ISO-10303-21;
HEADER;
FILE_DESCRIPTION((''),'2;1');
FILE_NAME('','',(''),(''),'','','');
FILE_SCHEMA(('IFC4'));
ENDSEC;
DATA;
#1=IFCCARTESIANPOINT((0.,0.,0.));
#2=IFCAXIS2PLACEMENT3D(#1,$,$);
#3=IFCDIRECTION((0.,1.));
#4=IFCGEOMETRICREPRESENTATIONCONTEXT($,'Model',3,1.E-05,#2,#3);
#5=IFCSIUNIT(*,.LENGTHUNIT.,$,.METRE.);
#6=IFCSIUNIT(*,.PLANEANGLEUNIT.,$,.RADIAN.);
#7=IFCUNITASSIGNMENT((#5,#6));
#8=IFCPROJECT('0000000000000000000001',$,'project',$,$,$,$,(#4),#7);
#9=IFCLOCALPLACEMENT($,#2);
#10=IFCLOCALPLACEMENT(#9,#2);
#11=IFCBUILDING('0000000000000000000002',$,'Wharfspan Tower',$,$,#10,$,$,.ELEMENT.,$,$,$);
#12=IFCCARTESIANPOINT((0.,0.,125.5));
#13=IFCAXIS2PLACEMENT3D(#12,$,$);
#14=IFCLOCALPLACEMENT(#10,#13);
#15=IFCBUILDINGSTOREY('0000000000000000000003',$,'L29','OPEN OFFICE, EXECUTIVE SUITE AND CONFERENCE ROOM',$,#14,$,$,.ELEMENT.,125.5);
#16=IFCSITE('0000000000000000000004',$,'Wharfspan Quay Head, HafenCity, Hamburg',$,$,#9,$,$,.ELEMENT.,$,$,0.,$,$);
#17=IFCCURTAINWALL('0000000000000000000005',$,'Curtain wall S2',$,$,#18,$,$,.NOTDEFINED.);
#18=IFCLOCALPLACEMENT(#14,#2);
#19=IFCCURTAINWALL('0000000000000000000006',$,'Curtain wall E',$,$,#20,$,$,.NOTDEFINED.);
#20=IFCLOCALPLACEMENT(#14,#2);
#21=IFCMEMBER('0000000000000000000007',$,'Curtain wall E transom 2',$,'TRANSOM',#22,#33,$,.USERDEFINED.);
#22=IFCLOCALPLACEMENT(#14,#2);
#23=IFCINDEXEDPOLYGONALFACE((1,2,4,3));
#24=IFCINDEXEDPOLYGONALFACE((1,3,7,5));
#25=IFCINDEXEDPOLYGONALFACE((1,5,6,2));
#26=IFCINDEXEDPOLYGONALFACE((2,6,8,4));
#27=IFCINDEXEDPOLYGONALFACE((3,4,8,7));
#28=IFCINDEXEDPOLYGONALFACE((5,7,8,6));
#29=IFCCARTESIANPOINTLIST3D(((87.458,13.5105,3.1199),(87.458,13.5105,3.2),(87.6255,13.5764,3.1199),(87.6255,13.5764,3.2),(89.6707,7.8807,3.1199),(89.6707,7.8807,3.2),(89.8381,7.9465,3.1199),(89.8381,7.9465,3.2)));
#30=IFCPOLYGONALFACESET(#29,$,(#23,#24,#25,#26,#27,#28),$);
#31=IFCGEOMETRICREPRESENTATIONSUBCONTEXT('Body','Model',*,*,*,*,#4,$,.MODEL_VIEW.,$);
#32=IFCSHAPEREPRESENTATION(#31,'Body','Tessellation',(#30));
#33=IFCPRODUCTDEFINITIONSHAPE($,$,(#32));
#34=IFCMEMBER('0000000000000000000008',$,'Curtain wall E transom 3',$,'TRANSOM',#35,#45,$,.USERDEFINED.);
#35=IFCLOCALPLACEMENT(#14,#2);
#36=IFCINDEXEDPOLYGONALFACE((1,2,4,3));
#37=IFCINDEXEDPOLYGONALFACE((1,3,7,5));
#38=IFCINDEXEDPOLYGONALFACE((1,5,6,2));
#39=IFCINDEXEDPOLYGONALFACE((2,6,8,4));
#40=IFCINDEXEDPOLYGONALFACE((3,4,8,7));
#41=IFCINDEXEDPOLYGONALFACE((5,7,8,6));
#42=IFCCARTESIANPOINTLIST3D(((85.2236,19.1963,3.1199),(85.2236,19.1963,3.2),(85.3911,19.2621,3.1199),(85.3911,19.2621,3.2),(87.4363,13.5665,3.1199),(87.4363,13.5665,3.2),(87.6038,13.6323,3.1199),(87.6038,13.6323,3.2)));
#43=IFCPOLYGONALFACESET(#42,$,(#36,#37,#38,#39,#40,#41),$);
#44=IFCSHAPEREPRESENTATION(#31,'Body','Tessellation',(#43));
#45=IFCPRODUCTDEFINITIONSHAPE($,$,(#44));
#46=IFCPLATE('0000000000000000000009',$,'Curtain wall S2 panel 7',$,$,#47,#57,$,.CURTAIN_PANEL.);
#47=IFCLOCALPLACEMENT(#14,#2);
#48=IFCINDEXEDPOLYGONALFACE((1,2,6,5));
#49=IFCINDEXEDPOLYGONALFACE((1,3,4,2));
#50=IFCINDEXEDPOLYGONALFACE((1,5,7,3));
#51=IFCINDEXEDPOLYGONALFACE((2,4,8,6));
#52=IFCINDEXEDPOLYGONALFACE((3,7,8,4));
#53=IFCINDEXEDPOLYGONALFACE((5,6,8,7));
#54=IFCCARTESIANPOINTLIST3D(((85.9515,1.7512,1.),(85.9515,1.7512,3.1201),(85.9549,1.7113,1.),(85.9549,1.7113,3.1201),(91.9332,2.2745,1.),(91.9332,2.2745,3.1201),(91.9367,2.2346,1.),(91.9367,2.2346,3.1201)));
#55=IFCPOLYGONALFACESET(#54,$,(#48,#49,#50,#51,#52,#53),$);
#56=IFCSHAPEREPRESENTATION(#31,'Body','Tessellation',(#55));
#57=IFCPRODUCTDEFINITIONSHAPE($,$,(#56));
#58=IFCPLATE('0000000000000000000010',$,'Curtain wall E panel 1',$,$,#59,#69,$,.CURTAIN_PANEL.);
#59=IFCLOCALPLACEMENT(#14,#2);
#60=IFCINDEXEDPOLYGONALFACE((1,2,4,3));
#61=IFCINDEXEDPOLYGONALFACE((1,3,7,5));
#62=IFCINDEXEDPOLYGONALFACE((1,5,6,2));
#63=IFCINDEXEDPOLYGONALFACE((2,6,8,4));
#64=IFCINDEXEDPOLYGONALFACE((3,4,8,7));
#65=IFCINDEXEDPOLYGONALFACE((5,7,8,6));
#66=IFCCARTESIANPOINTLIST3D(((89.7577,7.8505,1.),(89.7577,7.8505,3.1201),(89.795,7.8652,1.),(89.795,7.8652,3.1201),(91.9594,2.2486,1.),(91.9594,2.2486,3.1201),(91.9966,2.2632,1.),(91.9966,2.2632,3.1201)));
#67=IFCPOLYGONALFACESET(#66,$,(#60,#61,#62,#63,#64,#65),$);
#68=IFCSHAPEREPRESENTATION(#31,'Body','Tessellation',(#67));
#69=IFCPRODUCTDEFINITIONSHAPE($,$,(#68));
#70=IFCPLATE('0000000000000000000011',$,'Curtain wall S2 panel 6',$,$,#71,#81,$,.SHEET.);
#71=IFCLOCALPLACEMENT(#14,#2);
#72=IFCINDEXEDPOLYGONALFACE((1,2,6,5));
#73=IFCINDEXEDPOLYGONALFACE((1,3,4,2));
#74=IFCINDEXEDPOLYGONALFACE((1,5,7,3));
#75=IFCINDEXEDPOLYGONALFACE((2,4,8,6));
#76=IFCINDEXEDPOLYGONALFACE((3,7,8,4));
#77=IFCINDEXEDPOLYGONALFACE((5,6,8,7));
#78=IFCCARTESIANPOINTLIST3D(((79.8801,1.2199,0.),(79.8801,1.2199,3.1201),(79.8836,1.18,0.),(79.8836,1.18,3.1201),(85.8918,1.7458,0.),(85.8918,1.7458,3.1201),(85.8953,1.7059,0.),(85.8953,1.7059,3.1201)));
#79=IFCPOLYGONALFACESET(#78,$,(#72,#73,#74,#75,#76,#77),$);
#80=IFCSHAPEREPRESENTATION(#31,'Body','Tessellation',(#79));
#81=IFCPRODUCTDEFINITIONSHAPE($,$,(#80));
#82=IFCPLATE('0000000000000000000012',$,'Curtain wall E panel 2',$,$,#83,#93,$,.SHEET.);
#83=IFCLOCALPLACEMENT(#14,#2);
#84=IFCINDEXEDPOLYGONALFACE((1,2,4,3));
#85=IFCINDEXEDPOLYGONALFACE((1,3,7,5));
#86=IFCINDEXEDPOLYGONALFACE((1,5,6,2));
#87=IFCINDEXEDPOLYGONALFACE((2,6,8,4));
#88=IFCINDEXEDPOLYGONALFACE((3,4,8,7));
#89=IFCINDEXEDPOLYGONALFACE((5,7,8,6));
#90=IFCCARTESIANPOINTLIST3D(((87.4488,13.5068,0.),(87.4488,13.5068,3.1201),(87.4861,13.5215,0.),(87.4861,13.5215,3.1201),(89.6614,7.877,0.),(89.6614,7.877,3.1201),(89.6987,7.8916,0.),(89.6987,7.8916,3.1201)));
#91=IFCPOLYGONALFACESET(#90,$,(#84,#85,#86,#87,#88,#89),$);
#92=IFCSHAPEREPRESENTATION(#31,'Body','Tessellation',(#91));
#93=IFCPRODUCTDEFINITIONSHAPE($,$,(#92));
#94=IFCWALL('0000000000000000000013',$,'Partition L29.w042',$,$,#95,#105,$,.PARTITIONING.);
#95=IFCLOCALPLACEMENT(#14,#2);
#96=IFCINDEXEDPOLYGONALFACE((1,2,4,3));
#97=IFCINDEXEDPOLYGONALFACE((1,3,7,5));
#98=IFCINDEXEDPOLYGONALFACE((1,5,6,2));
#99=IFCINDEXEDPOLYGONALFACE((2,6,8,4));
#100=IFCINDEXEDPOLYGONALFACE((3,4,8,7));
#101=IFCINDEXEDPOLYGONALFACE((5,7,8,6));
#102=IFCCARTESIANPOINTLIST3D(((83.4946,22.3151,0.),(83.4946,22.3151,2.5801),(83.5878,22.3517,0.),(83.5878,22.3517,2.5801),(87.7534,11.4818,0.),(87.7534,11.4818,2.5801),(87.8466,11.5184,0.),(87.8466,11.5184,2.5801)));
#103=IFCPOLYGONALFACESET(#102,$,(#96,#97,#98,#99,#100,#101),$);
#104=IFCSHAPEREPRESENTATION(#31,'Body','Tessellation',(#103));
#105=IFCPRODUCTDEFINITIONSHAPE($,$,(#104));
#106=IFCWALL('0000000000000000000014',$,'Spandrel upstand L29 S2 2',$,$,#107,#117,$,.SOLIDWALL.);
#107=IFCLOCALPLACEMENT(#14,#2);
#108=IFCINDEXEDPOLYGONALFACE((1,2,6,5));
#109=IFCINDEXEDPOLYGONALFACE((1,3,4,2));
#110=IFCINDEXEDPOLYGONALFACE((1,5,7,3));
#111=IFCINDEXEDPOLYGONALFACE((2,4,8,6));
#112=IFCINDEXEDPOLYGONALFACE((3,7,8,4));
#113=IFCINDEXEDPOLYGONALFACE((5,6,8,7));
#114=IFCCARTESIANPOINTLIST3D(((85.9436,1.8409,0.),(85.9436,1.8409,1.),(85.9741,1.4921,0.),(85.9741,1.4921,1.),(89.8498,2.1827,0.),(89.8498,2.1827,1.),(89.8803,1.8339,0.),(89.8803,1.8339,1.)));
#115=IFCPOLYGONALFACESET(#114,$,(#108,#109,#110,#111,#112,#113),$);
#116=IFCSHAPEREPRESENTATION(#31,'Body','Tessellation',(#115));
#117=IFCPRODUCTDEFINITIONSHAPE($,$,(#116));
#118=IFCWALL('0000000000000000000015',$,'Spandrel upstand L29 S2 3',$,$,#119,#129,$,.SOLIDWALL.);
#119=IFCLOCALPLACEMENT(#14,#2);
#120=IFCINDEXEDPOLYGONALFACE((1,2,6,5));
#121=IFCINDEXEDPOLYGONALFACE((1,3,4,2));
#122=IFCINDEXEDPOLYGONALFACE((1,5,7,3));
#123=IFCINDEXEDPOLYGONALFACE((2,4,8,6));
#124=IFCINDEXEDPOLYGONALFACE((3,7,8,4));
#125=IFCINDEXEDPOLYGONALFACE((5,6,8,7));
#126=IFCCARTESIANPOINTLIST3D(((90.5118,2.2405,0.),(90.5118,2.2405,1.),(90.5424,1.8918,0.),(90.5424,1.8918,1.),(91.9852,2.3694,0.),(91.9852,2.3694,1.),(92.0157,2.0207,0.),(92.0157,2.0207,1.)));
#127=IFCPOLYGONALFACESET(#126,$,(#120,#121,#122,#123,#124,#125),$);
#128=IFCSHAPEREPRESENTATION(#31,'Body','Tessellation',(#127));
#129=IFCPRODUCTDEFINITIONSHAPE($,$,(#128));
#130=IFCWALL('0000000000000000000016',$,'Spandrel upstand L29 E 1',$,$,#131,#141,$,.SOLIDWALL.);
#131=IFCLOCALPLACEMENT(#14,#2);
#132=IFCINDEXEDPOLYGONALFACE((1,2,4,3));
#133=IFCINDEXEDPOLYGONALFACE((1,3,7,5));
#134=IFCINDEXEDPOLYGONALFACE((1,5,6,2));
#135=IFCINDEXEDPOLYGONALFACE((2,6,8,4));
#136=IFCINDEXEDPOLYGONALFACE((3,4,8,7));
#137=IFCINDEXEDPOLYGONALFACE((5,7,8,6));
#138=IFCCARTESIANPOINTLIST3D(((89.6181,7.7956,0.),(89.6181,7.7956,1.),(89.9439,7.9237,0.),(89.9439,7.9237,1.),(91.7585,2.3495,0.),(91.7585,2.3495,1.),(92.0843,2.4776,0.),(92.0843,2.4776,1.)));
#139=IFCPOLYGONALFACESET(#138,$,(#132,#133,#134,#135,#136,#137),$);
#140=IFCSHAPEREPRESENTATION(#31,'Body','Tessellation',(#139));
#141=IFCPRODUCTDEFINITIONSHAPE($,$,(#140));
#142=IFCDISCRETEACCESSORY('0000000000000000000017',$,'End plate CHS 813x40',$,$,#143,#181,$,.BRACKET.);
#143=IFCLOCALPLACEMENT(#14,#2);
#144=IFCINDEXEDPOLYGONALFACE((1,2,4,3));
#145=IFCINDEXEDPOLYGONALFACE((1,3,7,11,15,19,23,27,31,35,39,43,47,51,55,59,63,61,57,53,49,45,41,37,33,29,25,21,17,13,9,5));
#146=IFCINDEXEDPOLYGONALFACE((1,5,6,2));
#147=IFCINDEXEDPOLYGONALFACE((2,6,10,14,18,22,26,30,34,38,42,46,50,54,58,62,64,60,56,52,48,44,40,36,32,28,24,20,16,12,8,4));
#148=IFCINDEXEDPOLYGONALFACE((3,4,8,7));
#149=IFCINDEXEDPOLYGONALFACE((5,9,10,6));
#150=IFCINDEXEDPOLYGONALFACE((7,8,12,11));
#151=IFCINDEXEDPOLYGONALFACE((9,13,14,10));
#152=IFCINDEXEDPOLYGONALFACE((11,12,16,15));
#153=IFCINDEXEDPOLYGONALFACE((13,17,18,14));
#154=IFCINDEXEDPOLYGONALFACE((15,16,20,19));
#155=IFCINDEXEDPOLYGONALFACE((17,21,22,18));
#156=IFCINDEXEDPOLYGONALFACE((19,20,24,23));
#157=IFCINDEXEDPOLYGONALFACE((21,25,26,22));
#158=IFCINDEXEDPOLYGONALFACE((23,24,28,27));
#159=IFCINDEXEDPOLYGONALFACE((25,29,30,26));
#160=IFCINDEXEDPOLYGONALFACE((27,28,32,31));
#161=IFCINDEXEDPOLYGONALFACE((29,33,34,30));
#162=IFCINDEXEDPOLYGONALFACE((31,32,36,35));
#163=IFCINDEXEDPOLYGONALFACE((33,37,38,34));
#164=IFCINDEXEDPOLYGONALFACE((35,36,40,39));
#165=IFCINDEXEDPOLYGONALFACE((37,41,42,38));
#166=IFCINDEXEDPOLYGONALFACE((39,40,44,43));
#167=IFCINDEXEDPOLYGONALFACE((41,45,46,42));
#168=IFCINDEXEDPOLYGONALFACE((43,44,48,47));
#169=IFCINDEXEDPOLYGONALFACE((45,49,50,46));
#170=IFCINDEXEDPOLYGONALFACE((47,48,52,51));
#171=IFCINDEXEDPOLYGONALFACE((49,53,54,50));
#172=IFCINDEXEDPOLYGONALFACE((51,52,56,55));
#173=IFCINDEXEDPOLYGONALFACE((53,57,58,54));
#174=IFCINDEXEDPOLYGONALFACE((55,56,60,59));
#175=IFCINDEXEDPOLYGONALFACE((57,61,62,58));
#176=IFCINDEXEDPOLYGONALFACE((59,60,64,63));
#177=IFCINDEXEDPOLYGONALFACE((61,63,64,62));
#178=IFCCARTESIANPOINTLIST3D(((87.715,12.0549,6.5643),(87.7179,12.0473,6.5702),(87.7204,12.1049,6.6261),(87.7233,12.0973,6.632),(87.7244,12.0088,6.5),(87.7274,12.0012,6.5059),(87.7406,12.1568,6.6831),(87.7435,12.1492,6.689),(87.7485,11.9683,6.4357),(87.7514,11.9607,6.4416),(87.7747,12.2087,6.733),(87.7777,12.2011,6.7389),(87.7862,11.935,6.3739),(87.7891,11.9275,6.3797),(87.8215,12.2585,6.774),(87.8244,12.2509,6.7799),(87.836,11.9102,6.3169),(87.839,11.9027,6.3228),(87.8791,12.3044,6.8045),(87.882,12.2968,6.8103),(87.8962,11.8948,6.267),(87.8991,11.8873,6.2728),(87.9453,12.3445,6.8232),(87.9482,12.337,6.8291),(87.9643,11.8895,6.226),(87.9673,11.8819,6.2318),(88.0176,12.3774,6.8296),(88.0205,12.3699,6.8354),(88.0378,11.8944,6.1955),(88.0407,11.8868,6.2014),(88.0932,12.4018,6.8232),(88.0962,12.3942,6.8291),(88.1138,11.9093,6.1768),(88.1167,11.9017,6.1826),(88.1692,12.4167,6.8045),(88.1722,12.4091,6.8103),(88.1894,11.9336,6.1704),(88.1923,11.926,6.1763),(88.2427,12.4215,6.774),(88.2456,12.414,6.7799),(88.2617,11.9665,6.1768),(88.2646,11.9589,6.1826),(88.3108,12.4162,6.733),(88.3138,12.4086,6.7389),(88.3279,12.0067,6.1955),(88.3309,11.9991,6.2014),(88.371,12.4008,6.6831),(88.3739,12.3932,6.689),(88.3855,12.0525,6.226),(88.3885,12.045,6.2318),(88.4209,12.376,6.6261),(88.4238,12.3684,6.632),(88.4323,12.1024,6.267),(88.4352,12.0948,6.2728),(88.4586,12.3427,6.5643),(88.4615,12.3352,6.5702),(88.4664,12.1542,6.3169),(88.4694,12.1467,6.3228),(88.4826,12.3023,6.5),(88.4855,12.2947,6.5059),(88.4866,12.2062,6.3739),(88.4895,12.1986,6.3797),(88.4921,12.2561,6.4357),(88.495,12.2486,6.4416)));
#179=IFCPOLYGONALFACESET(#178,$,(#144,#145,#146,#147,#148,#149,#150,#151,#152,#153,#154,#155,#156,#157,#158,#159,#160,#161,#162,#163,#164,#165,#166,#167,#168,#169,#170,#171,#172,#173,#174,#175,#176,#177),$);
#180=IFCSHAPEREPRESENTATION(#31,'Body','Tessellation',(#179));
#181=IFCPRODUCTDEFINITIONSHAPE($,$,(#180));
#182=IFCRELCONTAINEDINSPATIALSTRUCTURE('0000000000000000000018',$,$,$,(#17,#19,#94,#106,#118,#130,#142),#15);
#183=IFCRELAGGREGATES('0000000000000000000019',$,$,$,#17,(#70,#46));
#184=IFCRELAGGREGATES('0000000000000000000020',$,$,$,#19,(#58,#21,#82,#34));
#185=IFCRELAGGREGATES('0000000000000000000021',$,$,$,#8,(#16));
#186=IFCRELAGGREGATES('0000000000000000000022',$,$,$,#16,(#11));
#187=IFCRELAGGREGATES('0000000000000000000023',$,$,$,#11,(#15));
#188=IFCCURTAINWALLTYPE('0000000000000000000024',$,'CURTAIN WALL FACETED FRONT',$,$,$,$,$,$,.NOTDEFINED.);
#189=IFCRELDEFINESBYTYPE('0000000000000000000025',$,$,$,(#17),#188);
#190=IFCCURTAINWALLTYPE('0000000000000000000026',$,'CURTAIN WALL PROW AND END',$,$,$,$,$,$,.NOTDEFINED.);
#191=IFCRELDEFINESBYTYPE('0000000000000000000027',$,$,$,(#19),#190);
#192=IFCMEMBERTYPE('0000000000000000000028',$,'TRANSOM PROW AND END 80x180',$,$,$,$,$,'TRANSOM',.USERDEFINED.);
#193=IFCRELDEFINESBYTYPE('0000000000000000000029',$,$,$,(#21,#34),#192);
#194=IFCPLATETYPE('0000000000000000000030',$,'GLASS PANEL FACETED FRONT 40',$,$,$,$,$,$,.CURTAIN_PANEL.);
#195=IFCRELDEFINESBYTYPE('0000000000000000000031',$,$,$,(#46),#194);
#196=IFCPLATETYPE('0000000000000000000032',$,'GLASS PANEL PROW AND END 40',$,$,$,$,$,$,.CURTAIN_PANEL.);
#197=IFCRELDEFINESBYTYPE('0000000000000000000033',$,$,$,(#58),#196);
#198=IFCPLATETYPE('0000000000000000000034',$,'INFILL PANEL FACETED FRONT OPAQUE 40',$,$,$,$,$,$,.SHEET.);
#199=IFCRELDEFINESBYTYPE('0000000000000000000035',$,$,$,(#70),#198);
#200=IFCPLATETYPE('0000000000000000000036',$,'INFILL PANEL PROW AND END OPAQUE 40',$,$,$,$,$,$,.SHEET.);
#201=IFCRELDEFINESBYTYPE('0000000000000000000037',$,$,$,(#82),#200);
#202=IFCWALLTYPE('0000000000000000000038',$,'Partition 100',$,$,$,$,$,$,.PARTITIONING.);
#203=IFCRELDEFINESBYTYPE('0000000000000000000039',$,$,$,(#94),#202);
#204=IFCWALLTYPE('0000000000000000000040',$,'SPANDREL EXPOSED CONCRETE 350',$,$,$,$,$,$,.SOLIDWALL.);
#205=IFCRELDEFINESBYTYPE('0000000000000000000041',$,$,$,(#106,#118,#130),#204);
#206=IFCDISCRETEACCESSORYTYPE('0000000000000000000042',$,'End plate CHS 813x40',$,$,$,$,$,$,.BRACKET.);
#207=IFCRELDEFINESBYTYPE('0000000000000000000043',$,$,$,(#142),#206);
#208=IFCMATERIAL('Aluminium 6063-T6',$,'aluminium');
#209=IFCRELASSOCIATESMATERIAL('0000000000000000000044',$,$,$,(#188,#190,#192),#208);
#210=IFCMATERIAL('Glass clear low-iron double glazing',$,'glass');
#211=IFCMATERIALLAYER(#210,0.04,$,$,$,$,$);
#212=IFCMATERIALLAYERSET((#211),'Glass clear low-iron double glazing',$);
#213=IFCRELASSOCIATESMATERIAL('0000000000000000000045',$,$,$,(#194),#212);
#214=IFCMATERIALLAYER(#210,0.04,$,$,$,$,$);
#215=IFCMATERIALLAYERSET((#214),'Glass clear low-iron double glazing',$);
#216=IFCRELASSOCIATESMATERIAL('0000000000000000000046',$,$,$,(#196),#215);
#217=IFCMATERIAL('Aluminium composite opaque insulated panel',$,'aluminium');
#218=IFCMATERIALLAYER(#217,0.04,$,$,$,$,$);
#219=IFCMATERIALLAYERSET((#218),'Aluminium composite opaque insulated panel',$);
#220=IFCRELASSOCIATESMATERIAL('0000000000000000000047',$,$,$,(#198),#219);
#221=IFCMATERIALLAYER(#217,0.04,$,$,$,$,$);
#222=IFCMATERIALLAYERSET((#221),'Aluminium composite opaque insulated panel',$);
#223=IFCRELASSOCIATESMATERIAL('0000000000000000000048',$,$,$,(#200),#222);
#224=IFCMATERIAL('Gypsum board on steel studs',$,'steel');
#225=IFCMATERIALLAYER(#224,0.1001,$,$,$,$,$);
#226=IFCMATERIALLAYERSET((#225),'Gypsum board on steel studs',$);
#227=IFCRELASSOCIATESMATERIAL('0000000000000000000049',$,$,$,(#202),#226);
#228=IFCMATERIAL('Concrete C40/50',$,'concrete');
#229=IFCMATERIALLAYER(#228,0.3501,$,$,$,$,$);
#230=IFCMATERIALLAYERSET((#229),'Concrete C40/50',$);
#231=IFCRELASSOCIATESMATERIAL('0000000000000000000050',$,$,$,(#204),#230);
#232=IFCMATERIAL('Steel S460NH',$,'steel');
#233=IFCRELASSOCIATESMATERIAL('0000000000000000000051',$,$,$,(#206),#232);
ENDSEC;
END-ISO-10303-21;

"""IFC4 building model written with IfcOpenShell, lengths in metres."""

from ifc_helpers import new_model, si_unit, direction, frame, frame_2d, origin, origin_2d, place, context, subcontext, project, spatial, rectangle, circle, extrude, material, layer, layer_set, material_profile, profile_set, type_object, element, aggregate, save


model = new_model("IFC4")

# Units and contexts
model_context = context("Model", 3, precision=1e-05, world=origin(), true_north=direction((0.0, 1.0)))
body_context = subcontext(model_context, "Body", "Model", "MODEL_VIEW")
ifc_project = project(units=[si_unit("LENGTHUNIT", "METRE"), si_unit("PLANEANGLEUNIT", "RADIAN")], contexts=[model_context])

# Site, building, storey
site_placement = place(None, origin())
site = spatial("IfcSite", under=ifc_project, at=site_placement, Name="Wharfspan Quay Head, HafenCity, Hamburg", CompositionType="ELEMENT", RefElevation=0.0)
building_placement = place(site_placement, origin())
building = spatial("IfcBuilding", under=site, at=building_placement, Name="Wharfspan Tower", CompositionType="ELEMENT")
storey_placement = place(building_placement, frame((0.0, 0.0, 125.5)))
storey = spatial("IfcBuildingStorey", under=building, at=storey_placement, Name="L29", Description="OPEN OFFICE, EXECUTIVE SUITE AND CONFERENCE ROOM", CompositionType="ELEMENT", Elevation=125.5)

# Curtain walls
ifc_material_1 = material(Name="Aluminium 6063-T6", Category="aluminium")
curtain_wall_type_1 = type_object("IfcCurtainWallType", Name="CURTAIN WALL FACETED FRONT", PredefinedType="NOTDEFINED", material=ifc_material_1)
curtain_wall_1_placement = place(storey_placement, origin())
curtain_wall_1 = element("IfcCurtainWall", 1, at=curtain_wall_1_placement, inside=storey, type_object=curtain_wall_type_1, Name="Curtain wall S2", PredefinedType="NOTDEFINED")
curtain_wall_type_2 = type_object("IfcCurtainWallType", Name="CURTAIN WALL PROW AND END", PredefinedType="NOTDEFINED", material=ifc_material_1)
curtain_wall_2_placement = place(storey_placement, origin())
curtain_wall_2 = element("IfcCurtainWall", 2, at=curtain_wall_2_placement, inside=storey, type_object=curtain_wall_type_2, Name="Curtain wall E", PredefinedType="NOTDEFINED")

# Members
ifc_material_profile_1 = material_profile(ifc_material_1, rectangle(XDim=0.1799, YDim=0.0801, at=origin_2d()))
ifc_profile_set_1 = profile_set([ifc_material_profile_1], Name="Aluminium 6063-T6")
member_type_1 = type_object("IfcMemberType", Name="TRANSOM PROW AND END 80x180", ElementType="TRANSOM", PredefinedType="USERDEFINED", material=ifc_profile_set_1)
member_1_placement = place(storey_placement, frame((89.7544, 7.9136, 3.1599), z_axis=(-0.365782, 0.9307, 0.0), x_axis=(-0.9307, -0.365782, 0.0)))
member_1 = element("IfcMember", 3, at=member_1_placement, type_object=member_type_1, Name="Curtain wall E transom 2", ObjectType="TRANSOM", PredefinedType="USERDEFINED", context=body_context, shape_type="SweptSolid", body=[
    extrude(rectangle(XDim=0.1799, YDim=0.0801, at=origin_2d()), origin(), (0.0, 0.0, 1.0), 6.0491),
])
member_2_placement = place(storey_placement, frame((87.52, 13.5994, 3.1599), z_axis=(-0.365782, 0.9307, 0.0), x_axis=(-0.9307, -0.365782, 0.0)))
member_2 = element("IfcMember", 4, at=member_2_placement, type_object=member_type_1, Name="Curtain wall E transom 3", ObjectType="TRANSOM", PredefinedType="USERDEFINED", context=body_context, shape_type="SweptSolid", body=[
    extrude(rectangle(XDim=0.1799, YDim=0.0801, at=origin_2d()), origin(), (0.0, 0.0, 1.0), 6.0491),
])

# Plates
ifc_material_2 = material(Name="Glass clear low-iron double glazing", Category="glass")
ifc_layer_1 = layer(ifc_material_2, 0.04)
ifc_layer_set_1 = layer_set([ifc_layer_1], Name="Glass clear low-iron double glazing")
plate_type_1 = type_object("IfcPlateType", Name="GLASS PANEL FACETED FRONT 40", PredefinedType="CURTAIN_PANEL", material=ifc_layer_set_1)
plate_1_placement = place(storey_placement, frame((88.9441, 1.9929, 1.0), z_axis=(0.0, 0.0, 1.0), x_axis=(0.996198, 0.087156, 0.0)))
plate_1 = element("IfcPlate", 5, at=plate_1_placement, type_object=plate_type_1, Name="Curtain wall S2 panel 7", PredefinedType="CURTAIN_PANEL", context=body_context, shape_type="SweptSolid", body=[
    extrude(rectangle(XDim=6.0046, YDim=0.04, at=origin_2d()), origin(), (0.0, 0.0, 1.0), 2.1201),
])
ifc_layer_2 = layer(ifc_material_2, 0.04)
ifc_layer_set_2 = layer_set([ifc_layer_2], Name="Glass clear low-iron double glazing")
plate_type_2 = type_object("IfcPlateType", Name="GLASS PANEL PROW AND END 40", PredefinedType="CURTAIN_PANEL", material=ifc_layer_set_2)
plate_2_placement = place(storey_placement, frame((90.8772, 5.0569, 1.0), z_axis=(0.0, 0.0, 1.0), x_axis=(-0.365778, 0.930702, 0.0)))
plate_2 = element("IfcPlate", 6, at=plate_2_placement, type_object=plate_type_2, Name="Curtain wall E panel 1", PredefinedType="CURTAIN_PANEL", context=body_context, shape_type="SweptSolid", body=[
    extrude(rectangle(XDim=6.019, YDim=0.04, at=origin_2d()), origin(), (0.0, 0.0, 1.0), 2.1201),
])
ifc_material_3 = material(Name="Aluminium composite opaque insulated panel", Category="aluminium")
ifc_layer_3 = layer(ifc_material_3, 0.04)
ifc_layer_set_3 = layer_set([ifc_layer_3], Name="Aluminium composite opaque insulated panel")
plate_type_3 = type_object("IfcPlateType", Name="INFILL PANEL FACETED FRONT OPAQUE 40", PredefinedType="SHEET", material=ifc_layer_set_3)
plate_3_placement = place(storey_placement, frame((82.8877, 1.4629, 0.0), z_axis=(0.0, 0.0, 1.0), x_axis=(0.996198, 0.087156, 0.0)))
plate_3 = element("IfcPlate", 7, at=plate_3_placement, type_object=plate_type_3, Name="Curtain wall S2 panel 6", PredefinedType="SHEET", context=body_context, shape_type="SweptSolid", body=[
    extrude(rectangle(XDim=6.0347, YDim=0.04, at=origin_2d()), origin(), (0.0, 0.0, 1.0), 3.1201),
])
aggregate(curtain_wall_1, [plate_3, plate_1])
ifc_layer_4 = layer(ifc_material_3, 0.04)
ifc_layer_set_4 = layer_set([ifc_layer_4], Name="Aluminium composite opaque insulated panel")
plate_type_4 = type_object("IfcPlateType", Name="INFILL PANEL PROW AND END OPAQUE 40", PredefinedType="SHEET", material=ifc_layer_set_4)
plate_4_placement = place(storey_placement, frame((88.5737, 10.6992, 0.0), z_axis=(0.0, 0.0, 1.0), x_axis=(-0.365778, 0.930702, 0.0)))
plate_4 = element("IfcPlate", 8, at=plate_4_placement, type_object=plate_type_4, Name="Curtain wall E panel 2", PredefinedType="SHEET", context=body_context, shape_type="SweptSolid", body=[
    extrude(rectangle(XDim=6.0491, YDim=0.04, at=origin_2d()), origin(), (0.0, 0.0, 1.0), 3.1201),
])
aggregate(curtain_wall_2, [plate_2, member_1, plate_4, member_2])

# Walls
ifc_material_4 = material(Name="Gypsum board on steel studs", Category="steel")
ifc_layer_5 = layer(ifc_material_4, 0.1001)
ifc_layer_set_5 = layer_set([ifc_layer_5], Name="Gypsum board on steel studs")
wall_type_1 = type_object("IfcWallType", Name="Partition 100", PredefinedType="PARTITIONING", material=ifc_layer_set_5)
wall_1_placement = place(storey_placement, frame((87.8, 11.5, 0.0), z_axis=(0.0, 0.0, 1.0), x_axis=(-0.365866, 0.930668, 0.0)))
element("IfcWall", 9, at=wall_1_placement, inside=storey, type_object=wall_type_1, Name="Partition L29.w042", PredefinedType="PARTITIONING", context=body_context, shape_type="SweptSolid", body=[
    extrude(rectangle(XDim=11.6404, YDim=0.1001, at=frame_2d((5.8203, 0.0))), origin(), (0.0, 0.0, 1.0), 2.5801),
])
ifc_material_5 = material(Name="Concrete C40/50", Category="concrete")
ifc_layer_6 = layer(ifc_material_5, 0.3501)
ifc_layer_set_6 = layer_set([ifc_layer_6], Name="Concrete C40/50")
wall_type_2 = type_object("IfcWallType", Name="SPANDREL EXPOSED CONCRETE 350", PredefinedType="SOLIDWALL", material=ifc_layer_set_6)
wall_2_placement = place(storey_placement, frame((85.959, 1.6665, 0.0), z_axis=(0.0, 0.0, 1.0), x_axis=(0.996194, 0.087167, 0.0)))
element("IfcWall", 10, at=wall_2_placement, inside=storey, type_object=wall_type_2, Name="Spandrel upstand L29 S2 2", PredefinedType="SOLIDWALL", context=body_context, shape_type="SweptSolid", body=[
    extrude(rectangle(XDim=3.9211, YDim=0.3501, at=frame_2d((1.9604, 0.0))), origin(), (0.0, 0.0, 1.0), 1.0),
])
wall_3_placement = place(storey_placement, frame((90.5271, 2.0662, 0.0), z_axis=(0.0, 0.0, 1.0), x_axis=(0.996198, 0.087157, 0.0)))
element("IfcWall", 11, at=wall_3_placement, inside=storey, type_object=wall_type_2, Name="Spandrel upstand L29 S2 3", PredefinedType="SOLIDWALL", context=body_context, shape_type="SweptSolid", body=[
    extrude(rectangle(XDim=1.479, YDim=0.3501, at=frame_2d((0.7395, 0.0))), origin(), (0.0, 0.0, 1.0), 1.0),
])
wall_4_placement = place(storey_placement, frame((91.9214, 2.4136, 0.0), z_axis=(0.0, 0.0, 1.0), x_axis=(-0.36578, 0.930701, 0.0)))
element("IfcWall", 12, at=wall_4_placement, inside=storey, type_object=wall_type_2, Name="Spandrel upstand L29 E 1", PredefinedType="SOLIDWALL", context=body_context, shape_type="SweptSolid", body=[
    extrude(rectangle(XDim=5.8516, YDim=0.3501, at=frame_2d((2.9258, 0.0))), origin(), (0.0, 0.0, 1.0), 1.0),
])

# Discrete accessory
ifc_material_6 = material(Name="Steel S460NH", Category="steel")
ifc_material_profile_2 = material_profile(ifc_material_6, circle(Radius=0.4065, at=origin_2d()))
ifc_profile_set_2 = profile_set([ifc_material_profile_2], Name="Steel S460NH")
discrete_accessory_type = type_object("IfcDiscreteAccessoryType", Name="End plate CHS 813x40", PredefinedType="BRACKET", material=ifc_profile_set_2)
discrete_accessory_placement = place(storey_placement, frame((88.1035, 12.1555, 6.5), z_axis=(0.292683, -0.756098, 0.585366), x_axis=(0.932565, 0.360992, -0.000001)))
element("IfcDiscreteAccessory", 13, at=discrete_accessory_placement, inside=storey, type_object=discrete_accessory_type, Name="End plate CHS 813x40", PredefinedType="BRACKET", context=body_context, shape_type="SweptSolid", body=[
    extrude(circle(Radius=0.4065, at=origin_2d()), origin(), (0.0, 0.0, 1.0), 0.01),
])

save(model, "model.ifc")
